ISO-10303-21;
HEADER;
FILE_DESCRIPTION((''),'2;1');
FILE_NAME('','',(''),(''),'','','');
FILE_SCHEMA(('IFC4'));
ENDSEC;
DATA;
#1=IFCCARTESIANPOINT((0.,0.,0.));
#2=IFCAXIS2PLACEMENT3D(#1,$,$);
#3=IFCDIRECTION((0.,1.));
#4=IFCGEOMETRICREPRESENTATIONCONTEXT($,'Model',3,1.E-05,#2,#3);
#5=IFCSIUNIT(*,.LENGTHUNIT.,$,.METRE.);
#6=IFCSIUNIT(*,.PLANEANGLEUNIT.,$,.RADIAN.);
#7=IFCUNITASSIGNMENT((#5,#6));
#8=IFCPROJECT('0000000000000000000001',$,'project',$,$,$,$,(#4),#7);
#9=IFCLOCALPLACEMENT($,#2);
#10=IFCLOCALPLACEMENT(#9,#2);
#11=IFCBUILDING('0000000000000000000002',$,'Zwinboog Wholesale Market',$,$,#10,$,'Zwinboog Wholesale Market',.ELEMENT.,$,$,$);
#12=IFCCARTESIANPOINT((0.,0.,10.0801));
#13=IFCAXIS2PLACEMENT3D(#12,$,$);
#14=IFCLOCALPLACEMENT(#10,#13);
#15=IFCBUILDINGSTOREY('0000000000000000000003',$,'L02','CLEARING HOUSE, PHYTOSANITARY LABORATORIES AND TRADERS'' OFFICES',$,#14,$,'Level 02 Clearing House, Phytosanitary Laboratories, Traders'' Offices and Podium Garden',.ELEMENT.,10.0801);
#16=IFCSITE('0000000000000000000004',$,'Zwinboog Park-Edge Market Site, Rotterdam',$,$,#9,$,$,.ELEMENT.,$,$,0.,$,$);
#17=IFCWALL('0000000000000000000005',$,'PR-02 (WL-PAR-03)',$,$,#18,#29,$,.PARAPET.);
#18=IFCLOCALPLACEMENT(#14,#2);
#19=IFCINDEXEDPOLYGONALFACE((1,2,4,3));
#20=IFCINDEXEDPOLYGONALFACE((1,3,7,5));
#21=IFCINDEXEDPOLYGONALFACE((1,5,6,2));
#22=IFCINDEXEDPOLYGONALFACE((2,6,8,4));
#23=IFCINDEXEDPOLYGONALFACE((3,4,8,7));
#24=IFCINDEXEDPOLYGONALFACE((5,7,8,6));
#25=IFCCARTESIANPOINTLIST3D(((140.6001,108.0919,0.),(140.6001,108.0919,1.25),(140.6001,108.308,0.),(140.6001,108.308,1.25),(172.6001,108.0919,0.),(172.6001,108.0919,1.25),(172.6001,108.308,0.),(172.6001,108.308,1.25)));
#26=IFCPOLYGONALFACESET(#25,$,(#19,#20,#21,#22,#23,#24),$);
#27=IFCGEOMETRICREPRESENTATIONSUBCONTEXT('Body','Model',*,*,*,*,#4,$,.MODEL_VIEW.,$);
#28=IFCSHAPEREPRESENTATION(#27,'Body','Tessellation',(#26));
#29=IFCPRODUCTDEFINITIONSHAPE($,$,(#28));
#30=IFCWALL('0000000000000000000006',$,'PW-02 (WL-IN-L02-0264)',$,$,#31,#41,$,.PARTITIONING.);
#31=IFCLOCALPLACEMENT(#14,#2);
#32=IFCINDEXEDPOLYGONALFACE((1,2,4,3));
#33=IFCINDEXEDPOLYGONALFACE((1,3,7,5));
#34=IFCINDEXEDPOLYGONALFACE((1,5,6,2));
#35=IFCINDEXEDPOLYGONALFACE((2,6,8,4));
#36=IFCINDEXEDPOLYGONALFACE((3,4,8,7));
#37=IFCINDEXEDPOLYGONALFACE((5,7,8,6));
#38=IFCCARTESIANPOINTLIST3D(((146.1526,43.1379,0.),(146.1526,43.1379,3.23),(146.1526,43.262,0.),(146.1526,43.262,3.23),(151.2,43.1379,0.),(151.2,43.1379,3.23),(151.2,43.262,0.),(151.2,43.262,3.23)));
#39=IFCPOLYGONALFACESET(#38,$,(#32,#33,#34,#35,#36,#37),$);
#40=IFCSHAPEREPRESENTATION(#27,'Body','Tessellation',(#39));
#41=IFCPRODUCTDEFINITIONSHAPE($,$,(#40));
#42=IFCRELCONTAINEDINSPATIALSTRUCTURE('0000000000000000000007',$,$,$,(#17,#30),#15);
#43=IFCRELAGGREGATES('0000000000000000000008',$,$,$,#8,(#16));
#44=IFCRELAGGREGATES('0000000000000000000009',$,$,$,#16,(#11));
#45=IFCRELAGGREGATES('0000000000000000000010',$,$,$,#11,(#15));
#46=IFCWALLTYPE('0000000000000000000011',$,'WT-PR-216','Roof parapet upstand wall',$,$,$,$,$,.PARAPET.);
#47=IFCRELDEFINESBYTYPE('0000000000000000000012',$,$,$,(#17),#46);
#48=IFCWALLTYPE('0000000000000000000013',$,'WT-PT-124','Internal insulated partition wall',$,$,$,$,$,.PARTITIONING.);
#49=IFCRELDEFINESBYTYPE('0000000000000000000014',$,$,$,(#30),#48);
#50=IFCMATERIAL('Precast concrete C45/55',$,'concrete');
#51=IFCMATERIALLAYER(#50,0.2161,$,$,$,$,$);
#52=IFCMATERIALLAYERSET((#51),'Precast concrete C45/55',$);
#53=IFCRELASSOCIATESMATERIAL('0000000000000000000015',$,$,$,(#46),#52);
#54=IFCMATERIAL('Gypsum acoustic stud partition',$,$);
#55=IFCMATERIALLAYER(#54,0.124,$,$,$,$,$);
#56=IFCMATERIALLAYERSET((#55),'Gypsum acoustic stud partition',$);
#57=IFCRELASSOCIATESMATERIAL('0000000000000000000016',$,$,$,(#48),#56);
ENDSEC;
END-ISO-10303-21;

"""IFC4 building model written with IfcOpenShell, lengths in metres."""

from ifc_helpers import new_model, si_unit, direction, frame, frame_2d, origin, place, context, subcontext, project, spatial, rectangle, extrude, material, layer, layer_set, type_object, element, save


model = new_model("IFC4")

# Units and contexts
model_context = context("Model", 3, precision=1e-05, world=origin(), true_north=direction((0.0, 1.0)))
body_context = subcontext(model_context, "Body", "Model", "MODEL_VIEW")
ifc_project = project(units=[si_unit("LENGTHUNIT", "METRE"), si_unit("PLANEANGLEUNIT", "RADIAN")], contexts=[model_context])

# Site, building, storey
site_placement = place(None, origin())
site = spatial("IfcSite", under=ifc_project, at=site_placement, Name="Zwinboog Park-Edge Market Site, Rotterdam", CompositionType="ELEMENT", RefElevation=0.0)
building_placement = place(site_placement, origin())
building = spatial("IfcBuilding", under=site, at=building_placement, Name="Zwinboog Wholesale Market", LongName="Zwinboog Wholesale Market", CompositionType="ELEMENT")
storey_placement = place(building_placement, frame((0.0, 0.0, 10.0801)))
storey = spatial("IfcBuildingStorey", under=building, at=storey_placement, Name="L02", Description="CLEARING HOUSE, PHYTOSANITARY LABORATORIES AND TRADERS' OFFICES", LongName="Level 02 Clearing House, Phytosanitary Laboratories, Traders' Offices and Podium Garden", CompositionType="ELEMENT", Elevation=10.0801)

# Shared definitions
ifc_material_1 = material(Name="Precast concrete C45/55", Category="concrete")

# Walls
ifc_layer_1 = layer(ifc_material_1, 0.2161)
ifc_layer_set_1 = layer_set([ifc_layer_1], Name="Precast concrete C45/55")
wall_type_1 = type_object("IfcWallType", Name="WT-PR-216", Description="Roof parapet upstand wall", PredefinedType="PARAPET", material=ifc_layer_set_1)
wall_1_placement = place(storey_placement, frame((140.6001, 108.2, 0.0), z_axis=(0.0, 0.0, 1.0), x_axis=(1.0, 0.0, 0.0)))
element("IfcWall", 1, at=wall_1_placement, inside=storey, type_object=wall_type_1, Name="PR-02 (WL-PAR-03)", PredefinedType="PARAPET", context=body_context, shape_type="SweptSolid", body=[
    extrude(rectangle(XDim=32.0, YDim=0.2161, at=frame_2d((16.0, 0.0))), origin(), (0.0, 0.0, 1.0), 1.25),
])
ifc_material_2 = material(Name="Gypsum acoustic stud partition")
ifc_layer_2 = layer(ifc_material_2, 0.124)
ifc_layer_set_2 = layer_set([ifc_layer_2], Name="Gypsum acoustic stud partition")
wall_type_2 = type_object("IfcWallType", Name="WT-PT-124", Description="Internal insulated partition wall", PredefinedType="PARTITIONING", material=ifc_layer_set_2)
wall_2_placement = place(storey_placement, frame((146.1526, 43.2, 0.0), z_axis=(0.0, 0.0, 1.0), x_axis=(1.0, 0.0, 0.0)))
element("IfcWall", 2, at=wall_2_placement, inside=storey, type_object=wall_type_2, Name="PW-02 (WL-IN-L02-0264)", PredefinedType="PARTITIONING", context=body_context, shape_type="SweptSolid", body=[
    extrude(rectangle(XDim=5.0474, YDim=0.124, at=frame_2d((2.5237, 0.0))), origin(), (0.0, 0.0, 1.0), 3.23),
])

save(model, "model.ifc")
